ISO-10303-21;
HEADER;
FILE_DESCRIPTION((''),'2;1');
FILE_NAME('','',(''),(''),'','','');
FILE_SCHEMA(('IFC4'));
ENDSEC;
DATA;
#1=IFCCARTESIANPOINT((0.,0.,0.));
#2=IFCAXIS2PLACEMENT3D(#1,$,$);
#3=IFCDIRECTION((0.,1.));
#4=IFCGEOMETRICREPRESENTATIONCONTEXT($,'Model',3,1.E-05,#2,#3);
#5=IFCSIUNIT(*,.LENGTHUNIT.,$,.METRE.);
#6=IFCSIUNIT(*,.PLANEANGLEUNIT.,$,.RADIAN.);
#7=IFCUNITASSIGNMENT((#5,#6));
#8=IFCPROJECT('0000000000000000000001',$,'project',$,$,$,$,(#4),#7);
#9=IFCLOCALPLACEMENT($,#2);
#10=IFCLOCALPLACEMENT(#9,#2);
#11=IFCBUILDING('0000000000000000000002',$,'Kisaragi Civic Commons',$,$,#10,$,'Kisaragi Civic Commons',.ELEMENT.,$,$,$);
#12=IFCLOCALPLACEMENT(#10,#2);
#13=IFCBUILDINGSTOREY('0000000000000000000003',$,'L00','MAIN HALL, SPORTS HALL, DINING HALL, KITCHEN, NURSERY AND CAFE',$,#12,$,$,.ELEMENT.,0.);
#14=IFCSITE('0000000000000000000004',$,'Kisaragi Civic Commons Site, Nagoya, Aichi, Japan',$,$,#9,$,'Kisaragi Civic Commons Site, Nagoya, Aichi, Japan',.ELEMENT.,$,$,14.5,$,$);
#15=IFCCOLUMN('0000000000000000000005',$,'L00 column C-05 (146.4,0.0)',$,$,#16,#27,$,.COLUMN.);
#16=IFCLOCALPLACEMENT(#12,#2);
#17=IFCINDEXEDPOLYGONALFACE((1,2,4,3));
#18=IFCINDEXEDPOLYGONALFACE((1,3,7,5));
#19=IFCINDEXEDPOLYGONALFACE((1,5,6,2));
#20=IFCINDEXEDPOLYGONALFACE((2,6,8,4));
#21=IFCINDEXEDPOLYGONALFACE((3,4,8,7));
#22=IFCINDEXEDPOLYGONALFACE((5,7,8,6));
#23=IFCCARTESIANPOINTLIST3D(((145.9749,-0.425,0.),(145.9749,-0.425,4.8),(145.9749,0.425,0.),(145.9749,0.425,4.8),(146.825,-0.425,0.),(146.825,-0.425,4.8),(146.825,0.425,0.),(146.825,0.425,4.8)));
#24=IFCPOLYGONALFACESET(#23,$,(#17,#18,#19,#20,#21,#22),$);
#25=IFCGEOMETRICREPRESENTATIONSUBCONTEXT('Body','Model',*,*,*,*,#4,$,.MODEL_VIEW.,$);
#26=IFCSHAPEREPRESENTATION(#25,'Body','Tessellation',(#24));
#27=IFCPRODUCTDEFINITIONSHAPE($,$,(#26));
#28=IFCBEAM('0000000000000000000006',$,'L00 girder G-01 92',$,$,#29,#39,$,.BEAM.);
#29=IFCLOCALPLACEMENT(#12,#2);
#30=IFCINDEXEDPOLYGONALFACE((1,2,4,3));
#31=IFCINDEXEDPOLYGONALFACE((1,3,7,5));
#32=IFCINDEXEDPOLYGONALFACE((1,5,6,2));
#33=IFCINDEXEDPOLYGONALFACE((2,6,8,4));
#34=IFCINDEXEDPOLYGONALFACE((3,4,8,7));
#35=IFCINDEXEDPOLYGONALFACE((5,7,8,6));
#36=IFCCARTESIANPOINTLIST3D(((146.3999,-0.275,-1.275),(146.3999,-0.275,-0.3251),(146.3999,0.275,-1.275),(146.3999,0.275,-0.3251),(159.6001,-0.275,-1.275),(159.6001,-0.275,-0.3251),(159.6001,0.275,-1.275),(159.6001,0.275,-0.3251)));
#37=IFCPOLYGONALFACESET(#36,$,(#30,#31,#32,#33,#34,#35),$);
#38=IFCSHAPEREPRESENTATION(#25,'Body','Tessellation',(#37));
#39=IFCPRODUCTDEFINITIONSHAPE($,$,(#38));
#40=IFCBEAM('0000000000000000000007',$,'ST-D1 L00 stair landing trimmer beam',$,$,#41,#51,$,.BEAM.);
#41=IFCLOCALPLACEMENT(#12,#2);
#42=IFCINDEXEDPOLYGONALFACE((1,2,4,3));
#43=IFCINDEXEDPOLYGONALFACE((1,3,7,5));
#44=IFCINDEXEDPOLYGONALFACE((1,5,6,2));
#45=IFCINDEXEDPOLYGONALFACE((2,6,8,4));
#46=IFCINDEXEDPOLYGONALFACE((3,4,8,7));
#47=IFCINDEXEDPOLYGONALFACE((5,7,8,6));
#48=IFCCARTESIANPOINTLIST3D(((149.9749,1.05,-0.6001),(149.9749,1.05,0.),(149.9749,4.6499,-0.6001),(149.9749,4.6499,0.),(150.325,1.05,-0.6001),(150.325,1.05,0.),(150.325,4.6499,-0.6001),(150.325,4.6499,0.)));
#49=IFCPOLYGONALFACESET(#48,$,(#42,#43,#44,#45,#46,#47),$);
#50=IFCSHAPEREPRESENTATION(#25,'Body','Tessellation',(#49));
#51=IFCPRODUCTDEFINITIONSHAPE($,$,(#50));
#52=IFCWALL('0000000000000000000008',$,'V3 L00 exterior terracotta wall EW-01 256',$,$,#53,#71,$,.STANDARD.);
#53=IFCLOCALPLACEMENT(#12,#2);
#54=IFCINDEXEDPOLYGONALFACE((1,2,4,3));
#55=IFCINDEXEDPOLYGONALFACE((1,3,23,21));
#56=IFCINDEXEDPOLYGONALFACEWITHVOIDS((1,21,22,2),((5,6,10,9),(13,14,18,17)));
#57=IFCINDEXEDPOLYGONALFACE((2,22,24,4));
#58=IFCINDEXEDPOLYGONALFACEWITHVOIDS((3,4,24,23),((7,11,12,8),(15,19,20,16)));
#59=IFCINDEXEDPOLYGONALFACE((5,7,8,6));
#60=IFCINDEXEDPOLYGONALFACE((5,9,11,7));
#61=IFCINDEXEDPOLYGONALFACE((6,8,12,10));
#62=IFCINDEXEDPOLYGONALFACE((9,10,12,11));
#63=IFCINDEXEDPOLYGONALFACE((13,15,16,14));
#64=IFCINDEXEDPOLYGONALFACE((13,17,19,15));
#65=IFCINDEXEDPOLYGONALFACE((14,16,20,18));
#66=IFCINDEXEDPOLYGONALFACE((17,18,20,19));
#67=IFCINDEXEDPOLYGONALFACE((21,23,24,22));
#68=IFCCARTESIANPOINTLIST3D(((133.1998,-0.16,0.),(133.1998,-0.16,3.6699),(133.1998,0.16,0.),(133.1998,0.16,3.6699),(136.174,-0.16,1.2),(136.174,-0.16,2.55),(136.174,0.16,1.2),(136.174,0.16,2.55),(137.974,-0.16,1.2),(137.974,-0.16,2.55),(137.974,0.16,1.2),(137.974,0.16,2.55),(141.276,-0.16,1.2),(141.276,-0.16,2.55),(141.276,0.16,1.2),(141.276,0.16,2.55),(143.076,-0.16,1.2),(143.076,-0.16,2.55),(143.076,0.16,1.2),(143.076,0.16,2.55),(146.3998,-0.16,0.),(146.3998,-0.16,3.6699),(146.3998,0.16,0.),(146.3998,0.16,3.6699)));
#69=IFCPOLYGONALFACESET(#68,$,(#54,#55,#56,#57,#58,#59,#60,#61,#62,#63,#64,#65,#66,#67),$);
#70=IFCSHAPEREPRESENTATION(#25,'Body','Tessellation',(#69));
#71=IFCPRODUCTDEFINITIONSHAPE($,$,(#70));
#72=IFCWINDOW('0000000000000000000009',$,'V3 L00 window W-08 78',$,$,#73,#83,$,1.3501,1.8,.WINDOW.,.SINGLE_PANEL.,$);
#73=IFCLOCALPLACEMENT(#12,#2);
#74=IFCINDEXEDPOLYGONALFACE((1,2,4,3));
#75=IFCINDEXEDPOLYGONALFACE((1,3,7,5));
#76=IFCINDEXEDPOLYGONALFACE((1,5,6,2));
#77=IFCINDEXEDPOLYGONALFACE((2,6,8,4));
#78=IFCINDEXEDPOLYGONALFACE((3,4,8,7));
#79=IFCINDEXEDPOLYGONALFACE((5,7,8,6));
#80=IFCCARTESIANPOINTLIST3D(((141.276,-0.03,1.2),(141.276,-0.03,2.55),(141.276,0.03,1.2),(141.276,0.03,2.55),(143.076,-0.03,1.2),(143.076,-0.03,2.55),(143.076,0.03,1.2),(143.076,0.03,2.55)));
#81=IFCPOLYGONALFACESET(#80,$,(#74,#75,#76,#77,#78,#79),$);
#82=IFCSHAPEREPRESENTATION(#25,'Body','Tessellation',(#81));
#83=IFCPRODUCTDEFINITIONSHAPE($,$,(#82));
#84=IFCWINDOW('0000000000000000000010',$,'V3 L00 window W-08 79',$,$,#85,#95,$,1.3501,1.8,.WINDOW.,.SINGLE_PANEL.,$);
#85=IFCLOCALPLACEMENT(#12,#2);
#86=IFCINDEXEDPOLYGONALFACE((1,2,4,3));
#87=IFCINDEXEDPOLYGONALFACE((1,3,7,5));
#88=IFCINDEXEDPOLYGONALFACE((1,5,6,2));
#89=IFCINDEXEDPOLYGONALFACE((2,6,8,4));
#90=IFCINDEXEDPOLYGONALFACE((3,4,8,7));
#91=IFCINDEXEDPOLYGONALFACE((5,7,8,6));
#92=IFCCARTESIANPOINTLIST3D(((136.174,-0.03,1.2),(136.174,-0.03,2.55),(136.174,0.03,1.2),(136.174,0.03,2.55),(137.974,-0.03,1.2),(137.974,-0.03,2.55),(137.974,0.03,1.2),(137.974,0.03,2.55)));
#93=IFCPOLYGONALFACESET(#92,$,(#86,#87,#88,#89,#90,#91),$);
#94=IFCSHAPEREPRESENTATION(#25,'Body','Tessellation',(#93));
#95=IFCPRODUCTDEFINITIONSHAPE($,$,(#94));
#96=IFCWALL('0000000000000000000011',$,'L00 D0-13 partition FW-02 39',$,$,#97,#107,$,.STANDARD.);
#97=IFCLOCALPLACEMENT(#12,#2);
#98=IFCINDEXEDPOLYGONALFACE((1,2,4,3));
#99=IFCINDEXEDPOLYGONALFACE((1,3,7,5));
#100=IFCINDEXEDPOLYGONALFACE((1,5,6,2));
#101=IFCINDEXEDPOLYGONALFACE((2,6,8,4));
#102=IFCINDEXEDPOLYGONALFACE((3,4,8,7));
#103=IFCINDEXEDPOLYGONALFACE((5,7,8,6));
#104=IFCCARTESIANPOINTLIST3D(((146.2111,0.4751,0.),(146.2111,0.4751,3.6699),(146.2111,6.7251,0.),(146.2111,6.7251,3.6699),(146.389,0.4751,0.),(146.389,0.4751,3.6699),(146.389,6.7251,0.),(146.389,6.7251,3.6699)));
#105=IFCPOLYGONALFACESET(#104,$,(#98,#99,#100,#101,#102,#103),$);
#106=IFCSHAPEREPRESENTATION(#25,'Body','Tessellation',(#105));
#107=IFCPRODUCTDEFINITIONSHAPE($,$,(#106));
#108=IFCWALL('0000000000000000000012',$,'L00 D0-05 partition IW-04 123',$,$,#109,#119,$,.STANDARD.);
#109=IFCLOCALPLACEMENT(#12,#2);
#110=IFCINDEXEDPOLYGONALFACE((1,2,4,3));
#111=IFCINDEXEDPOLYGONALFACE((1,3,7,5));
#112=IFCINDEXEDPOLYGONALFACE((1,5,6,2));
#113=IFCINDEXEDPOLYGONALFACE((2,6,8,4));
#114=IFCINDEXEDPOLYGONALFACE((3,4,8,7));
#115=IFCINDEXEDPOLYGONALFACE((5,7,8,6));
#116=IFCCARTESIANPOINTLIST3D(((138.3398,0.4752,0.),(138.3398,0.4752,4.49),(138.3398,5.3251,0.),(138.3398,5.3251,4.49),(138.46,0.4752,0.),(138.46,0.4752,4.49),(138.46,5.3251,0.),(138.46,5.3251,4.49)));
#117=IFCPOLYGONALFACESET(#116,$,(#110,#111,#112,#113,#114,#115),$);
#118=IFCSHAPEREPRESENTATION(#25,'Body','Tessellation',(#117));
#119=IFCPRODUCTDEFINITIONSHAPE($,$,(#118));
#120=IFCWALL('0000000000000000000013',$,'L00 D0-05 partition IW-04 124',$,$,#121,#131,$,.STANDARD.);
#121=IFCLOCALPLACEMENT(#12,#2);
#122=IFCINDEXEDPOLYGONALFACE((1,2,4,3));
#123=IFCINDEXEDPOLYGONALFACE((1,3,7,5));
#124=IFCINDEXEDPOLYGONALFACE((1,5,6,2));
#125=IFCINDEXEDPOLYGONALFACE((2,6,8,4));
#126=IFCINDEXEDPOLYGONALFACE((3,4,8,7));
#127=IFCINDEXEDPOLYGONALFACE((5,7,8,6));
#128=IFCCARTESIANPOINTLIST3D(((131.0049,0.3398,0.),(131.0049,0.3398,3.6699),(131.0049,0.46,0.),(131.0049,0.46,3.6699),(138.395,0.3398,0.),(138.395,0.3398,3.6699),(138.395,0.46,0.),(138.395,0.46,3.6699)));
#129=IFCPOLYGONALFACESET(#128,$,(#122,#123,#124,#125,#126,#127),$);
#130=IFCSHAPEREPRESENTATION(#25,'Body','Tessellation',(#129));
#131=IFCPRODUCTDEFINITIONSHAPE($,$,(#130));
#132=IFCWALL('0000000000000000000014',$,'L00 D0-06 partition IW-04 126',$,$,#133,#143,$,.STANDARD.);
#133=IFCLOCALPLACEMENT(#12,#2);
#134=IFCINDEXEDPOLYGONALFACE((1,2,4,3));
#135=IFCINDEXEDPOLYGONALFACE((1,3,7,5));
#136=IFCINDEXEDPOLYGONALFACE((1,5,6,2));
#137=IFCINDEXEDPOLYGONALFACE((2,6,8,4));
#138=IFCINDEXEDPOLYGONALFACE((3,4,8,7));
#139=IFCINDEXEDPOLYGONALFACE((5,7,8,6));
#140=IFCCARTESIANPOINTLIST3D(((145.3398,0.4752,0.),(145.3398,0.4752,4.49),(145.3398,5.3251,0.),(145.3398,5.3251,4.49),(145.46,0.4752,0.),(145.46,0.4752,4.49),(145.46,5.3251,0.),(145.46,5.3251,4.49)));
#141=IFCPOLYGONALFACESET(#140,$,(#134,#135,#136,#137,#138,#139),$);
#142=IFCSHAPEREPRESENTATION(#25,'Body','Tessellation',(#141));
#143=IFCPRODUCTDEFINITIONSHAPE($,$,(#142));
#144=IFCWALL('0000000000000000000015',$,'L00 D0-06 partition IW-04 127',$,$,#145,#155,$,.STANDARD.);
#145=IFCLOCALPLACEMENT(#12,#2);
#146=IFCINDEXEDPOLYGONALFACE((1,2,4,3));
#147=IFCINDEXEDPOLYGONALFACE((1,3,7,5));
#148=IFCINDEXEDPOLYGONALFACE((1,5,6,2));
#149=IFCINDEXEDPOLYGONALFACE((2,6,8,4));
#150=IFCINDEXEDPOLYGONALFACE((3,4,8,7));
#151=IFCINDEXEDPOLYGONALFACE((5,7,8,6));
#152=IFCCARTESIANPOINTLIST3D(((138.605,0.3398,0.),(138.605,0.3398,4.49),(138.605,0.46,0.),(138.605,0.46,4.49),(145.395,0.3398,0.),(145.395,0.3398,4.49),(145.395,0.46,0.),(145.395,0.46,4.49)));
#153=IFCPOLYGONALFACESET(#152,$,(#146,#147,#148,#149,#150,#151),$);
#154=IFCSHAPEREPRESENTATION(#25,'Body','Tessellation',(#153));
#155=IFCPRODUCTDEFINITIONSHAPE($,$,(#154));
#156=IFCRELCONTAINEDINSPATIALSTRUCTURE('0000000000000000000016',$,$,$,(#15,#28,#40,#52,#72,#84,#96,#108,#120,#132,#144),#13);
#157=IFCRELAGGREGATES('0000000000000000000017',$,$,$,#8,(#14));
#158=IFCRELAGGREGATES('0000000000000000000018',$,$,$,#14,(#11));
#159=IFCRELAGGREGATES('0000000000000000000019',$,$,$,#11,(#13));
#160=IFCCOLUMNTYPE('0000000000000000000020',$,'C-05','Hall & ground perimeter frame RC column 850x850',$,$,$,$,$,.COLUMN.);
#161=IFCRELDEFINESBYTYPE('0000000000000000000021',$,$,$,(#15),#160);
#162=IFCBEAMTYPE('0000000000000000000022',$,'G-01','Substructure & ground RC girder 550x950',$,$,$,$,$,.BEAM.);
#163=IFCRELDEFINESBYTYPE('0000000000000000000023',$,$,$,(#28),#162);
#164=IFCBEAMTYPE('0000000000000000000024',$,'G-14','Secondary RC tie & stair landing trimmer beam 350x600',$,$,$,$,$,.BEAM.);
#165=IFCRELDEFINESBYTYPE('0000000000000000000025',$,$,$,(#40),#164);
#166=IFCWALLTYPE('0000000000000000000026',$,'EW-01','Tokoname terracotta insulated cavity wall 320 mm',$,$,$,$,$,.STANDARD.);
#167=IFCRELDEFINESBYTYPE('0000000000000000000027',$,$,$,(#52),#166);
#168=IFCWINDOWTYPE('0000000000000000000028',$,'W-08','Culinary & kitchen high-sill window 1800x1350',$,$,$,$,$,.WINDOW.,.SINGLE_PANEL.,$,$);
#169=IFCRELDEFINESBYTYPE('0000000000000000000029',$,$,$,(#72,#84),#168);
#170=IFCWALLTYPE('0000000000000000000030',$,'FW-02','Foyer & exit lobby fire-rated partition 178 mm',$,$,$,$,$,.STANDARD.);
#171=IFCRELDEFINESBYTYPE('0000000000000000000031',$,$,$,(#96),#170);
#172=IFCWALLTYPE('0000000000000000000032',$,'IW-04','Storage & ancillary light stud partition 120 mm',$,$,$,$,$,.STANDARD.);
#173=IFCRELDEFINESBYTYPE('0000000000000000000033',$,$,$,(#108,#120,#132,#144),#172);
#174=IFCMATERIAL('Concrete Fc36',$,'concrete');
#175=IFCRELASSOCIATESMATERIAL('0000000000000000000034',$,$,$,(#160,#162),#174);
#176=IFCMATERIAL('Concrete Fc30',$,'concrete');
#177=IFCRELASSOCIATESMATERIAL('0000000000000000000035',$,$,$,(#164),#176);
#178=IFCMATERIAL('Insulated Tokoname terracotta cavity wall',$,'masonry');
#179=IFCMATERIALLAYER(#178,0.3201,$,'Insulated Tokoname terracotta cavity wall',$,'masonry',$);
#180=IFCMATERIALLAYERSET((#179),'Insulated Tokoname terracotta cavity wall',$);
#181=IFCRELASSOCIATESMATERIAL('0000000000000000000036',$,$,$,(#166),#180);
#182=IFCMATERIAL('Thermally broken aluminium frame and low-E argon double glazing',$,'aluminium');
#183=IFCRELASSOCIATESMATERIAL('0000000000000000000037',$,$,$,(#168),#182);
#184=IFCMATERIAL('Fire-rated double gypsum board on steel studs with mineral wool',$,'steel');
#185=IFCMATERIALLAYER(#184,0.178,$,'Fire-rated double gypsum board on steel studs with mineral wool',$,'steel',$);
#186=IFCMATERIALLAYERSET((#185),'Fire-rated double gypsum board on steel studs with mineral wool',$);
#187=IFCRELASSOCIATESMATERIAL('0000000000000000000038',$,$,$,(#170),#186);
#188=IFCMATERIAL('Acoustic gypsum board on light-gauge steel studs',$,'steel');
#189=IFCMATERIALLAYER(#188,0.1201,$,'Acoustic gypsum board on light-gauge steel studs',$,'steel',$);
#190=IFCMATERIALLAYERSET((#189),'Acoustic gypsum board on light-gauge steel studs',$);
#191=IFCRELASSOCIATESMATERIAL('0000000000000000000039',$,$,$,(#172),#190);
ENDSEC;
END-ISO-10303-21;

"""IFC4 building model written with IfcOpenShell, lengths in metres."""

from ifc_helpers import new_model, si_unit, direction, frame, frame_2d, origin, origin_2d, place, context, subcontext, project, spatial, rectangle, extrude, material, layer, layer_set, material_profile, profile_set, type_object, element, fill, save


model = new_model("IFC4")

# Units and contexts
model_context = context("Model", 3, precision=1e-05, world=origin(), true_north=direction((0.0, 1.0)))
body_context = subcontext(model_context, "Body", "Model", "MODEL_VIEW")
ifc_project = project(units=[si_unit("LENGTHUNIT", "METRE"), si_unit("PLANEANGLEUNIT", "RADIAN")], contexts=[model_context])

# Site, building, storey
site_placement = place(None, origin())
site = spatial("IfcSite", under=ifc_project, at=site_placement, Name="Kisaragi Civic Commons Site, Nagoya, Aichi, Japan", LongName="Kisaragi Civic Commons Site, Nagoya, Aichi, Japan", CompositionType="ELEMENT", RefElevation=14.5)
building_placement = place(site_placement, origin())
building = spatial("IfcBuilding", under=site, at=building_placement, Name="Kisaragi Civic Commons", LongName="Kisaragi Civic Commons", CompositionType="ELEMENT")
storey_placement = place(building_placement, origin())
storey = spatial("IfcBuildingStorey", under=building, at=storey_placement, Name="L00", Description="MAIN HALL, SPORTS HALL, DINING HALL, KITCHEN, NURSERY AND CAFE", CompositionType="ELEMENT", Elevation=0.0)

# Column
ifc_material_1 = material(Name="Concrete Fc36", Category="concrete")
ifc_material_profile_1 = material_profile(ifc_material_1, rectangle(XDim=0.8501, YDim=0.8501, at=origin_2d()), Name="RC-850x850", Category="concrete")
ifc_profile_set_1 = profile_set([ifc_material_profile_1], Name="Concrete Fc36")
column_type = type_object("IfcColumnType", Name="C-05", Description="Hall & ground perimeter frame RC column 850x850", PredefinedType="COLUMN", material=ifc_profile_set_1)
column_placement = place(storey_placement, frame((146.3999, 0.0, 0.0), z_axis=(0.0, 0.0, 1.0), x_axis=(1.0, 0.0, 0.0)))
element("IfcColumn", 1, at=column_placement, inside=storey, type_object=column_type, Name="L00 column C-05 (146.4,0.0)", PredefinedType="COLUMN", context=body_context, shape_type="SweptSolid", body=[
    extrude(rectangle(XDim=0.8501, YDim=0.8501, at=origin_2d()), origin(), (0.0, 0.0, 1.0), 4.8),
])

# Beams
ifc_material_profile_2 = material_profile(ifc_material_1, rectangle(XDim=0.55, YDim=0.95, at=origin_2d()), Name="RC-550x950", Category="concrete")
ifc_profile_set_2 = profile_set([ifc_material_profile_2], Name="Concrete Fc36")
beam_type_1 = type_object("IfcBeamType", Name="G-01", Description="Substructure & ground RC girder 550x950", PredefinedType="BEAM", material=ifc_profile_set_2)
beam_1_placement = place(storey_placement, frame((146.3999, 0.0, -0.8), z_axis=(1.0, 0.0, 0.0), x_axis=(0.0, 1.0, 0.0)))
element("IfcBeam", 2, at=beam_1_placement, inside=storey, type_object=beam_type_1, Name="L00 girder G-01 92", PredefinedType="BEAM", context=body_context, shape_type="SweptSolid", body=[
    extrude(rectangle(XDim=0.55, YDim=0.95, at=origin_2d()), origin(), (0.0, 0.0, 1.0), 13.2002),
])
ifc_material_2 = material(Name="Concrete Fc30", Category="concrete")
ifc_material_profile_3 = material_profile(ifc_material_2, rectangle(XDim=0.3501, YDim=0.6001, at=origin_2d()), Name="RC-350x600", Category="concrete")
ifc_profile_set_3 = profile_set([ifc_material_profile_3], Name="Concrete Fc30")
beam_type_2 = type_object("IfcBeamType", Name="G-14", Description="Secondary RC tie & stair landing trimmer beam 350x600", PredefinedType="BEAM", material=ifc_profile_set_3)
beam_2_placement = place(storey_placement, frame((150.1499, 1.05, -0.3), z_axis=(0.0, 1.0, 0.0), x_axis=(-1.0, 0.0, 0.0)))
element("IfcBeam", 3, at=beam_2_placement, inside=storey, type_object=beam_type_2, Name="ST-D1 L00 stair landing trimmer beam", PredefinedType="BEAM", context=body_context, shape_type="SweptSolid", body=[
    extrude(rectangle(XDim=0.3501, YDim=0.6001, at=origin_2d()), origin(), (0.0, 0.0, 1.0), 3.5999),
])

# Wall, openings, windows
ifc_material_3 = material(Name="Insulated Tokoname terracotta cavity wall", Category="masonry")
ifc_layer_1 = layer(ifc_material_3, 0.3201, Name="Insulated Tokoname terracotta cavity wall", Category="masonry")
ifc_layer_set_1 = layer_set([ifc_layer_1], Name="Insulated Tokoname terracotta cavity wall")
wall_type_1 = type_object("IfcWallType", Name="EW-01", Description="Tokoname terracotta insulated cavity wall 320 mm", PredefinedType="STANDARD", material=ifc_layer_set_1)
wall_1_placement = place(storey_placement, frame((146.3999, 0.0, 0.0), z_axis=(0.0, 0.0, 1.0), x_axis=(-1.0, 0.0, 0.0)))
wall_1 = element("IfcWall", 4, at=wall_1_placement, inside=storey, type_object=wall_type_1, Name="V3 L00 exterior terracotta wall EW-01 256", PredefinedType="STANDARD", context=body_context, shape_type="SweptSolid", body=[
    extrude(rectangle(XDim=13.2, YDim=0.3201, at=frame_2d((6.6001, 0.0))), origin(), (0.0, 0.0, 1.0), 3.6699),
])
opening_1_placement = place(wall_1_placement, frame((3.324, 0.0, 1.2)))
opening_1 = element("IfcOpeningElement", 5, at=opening_1_placement, cuts=wall_1, PredefinedType="OPENING", context=body_context, shape_type="SweptSolid", body=[
    extrude(rectangle(XDim=1.8, YDim=1.3501, at=frame_2d((0.8999, 0.675))), frame((0.0, 0.1699, 0.0), z_axis=(0.0, -1.0, 0.0), x_axis=(1.0, 0.0, 0.0)), (0.0, 0.0, 1.0), 0.3401),
])
opening_2_placement = place(wall_1_placement, frame((8.426, 0.0, 1.2)))
opening_2 = element("IfcOpeningElement", 6, at=opening_2_placement, cuts=wall_1, PredefinedType="OPENING", context=body_context, shape_type="SweptSolid", body=[
    extrude(rectangle(XDim=1.8, YDim=1.3501, at=frame_2d((0.8999, 0.675))), frame((0.0, 0.1699, 0.0), z_axis=(0.0, -1.0, 0.0), x_axis=(1.0, 0.0, 0.0)), (0.0, 0.0, 1.0), 0.3401),
])
ifc_material_4 = material(Name="Thermally broken aluminium frame and low-E argon double glazing", Category="aluminium")
window_type = type_object("IfcWindowType", Name="W-08", Description="Culinary & kitchen high-sill window 1800x1350", PartitioningType="SINGLE_PANEL", PredefinedType="WINDOW", material=ifc_material_4)
window_1_placement = place(opening_1_placement, origin())
window_1 = element("IfcWindow", 7, at=window_1_placement, inside=storey, type_object=window_type, Name="V3 L00 window W-08 78", OverallHeight=1.3501, OverallWidth=1.8, PartitioningType="SINGLE_PANEL", PredefinedType="WINDOW", context=body_context, shape_type="SweptSolid", body=[
    extrude(rectangle(XDim=1.8, YDim=1.3501, at=frame_2d((0.8999, 0.675))), frame((0.0, 0.03, 0.0), z_axis=(0.0, -1.0, 0.0), x_axis=(1.0, 0.0, 0.0)), (0.0, 0.0, 1.0), 0.0601),
])
fill(opening_1, window_1)
window_2_placement = place(opening_2_placement, origin())
window_2 = element("IfcWindow", 8, at=window_2_placement, inside=storey, type_object=window_type, Name="V3 L00 window W-08 79", OverallHeight=1.3501, OverallWidth=1.8, PartitioningType="SINGLE_PANEL", PredefinedType="WINDOW", context=body_context, shape_type="SweptSolid", body=[
    extrude(rectangle(XDim=1.8, YDim=1.3501, at=frame_2d((0.8999, 0.675))), frame((0.0, 0.03, 0.0), z_axis=(0.0, -1.0, 0.0), x_axis=(1.0, 0.0, 0.0)), (0.0, 0.0, 1.0), 0.0601),
])
fill(opening_2, window_2)

# Walls
ifc_material_5 = material(Name="Fire-rated double gypsum board on steel studs with mineral wool", Category="steel")
ifc_layer_2 = layer(ifc_material_5, 0.178, Name="Fire-rated double gypsum board on steel studs with mineral wool", Category="steel")
ifc_layer_set_2 = layer_set([ifc_layer_2], Name="Fire-rated double gypsum board on steel studs with mineral wool")
wall_type_2 = type_object("IfcWallType", Name="FW-02", Description="Foyer & exit lobby fire-rated partition 178 mm", PredefinedType="STANDARD", material=ifc_layer_set_2)
wall_2_placement = place(storey_placement, frame((146.3, 0.4751, 0.0), z_axis=(0.0, 0.0, 1.0), x_axis=(0.0, 1.0, 0.0)))
element("IfcWall", 9, at=wall_2_placement, inside=storey, type_object=wall_type_2, Name="L00 D0-13 partition FW-02 39", PredefinedType="STANDARD", context=body_context, shape_type="SweptSolid", body=[
    extrude(rectangle(XDim=6.25, YDim=0.178, at=frame_2d((3.125, 0.0))), origin(), (0.0, 0.0, 1.0), 3.6699),
])
ifc_material_6 = material(Name="Acoustic gypsum board on light-gauge steel studs", Category="steel")
ifc_layer_3 = layer(ifc_material_6, 0.1201, Name="Acoustic gypsum board on light-gauge steel studs", Category="steel")
ifc_layer_set_3 = layer_set([ifc_layer_3], Name="Acoustic gypsum board on light-gauge steel studs")
wall_type_3 = type_object("IfcWallType", Name="IW-04", Description="Storage & ancillary light stud partition 120 mm", PredefinedType="STANDARD", material=ifc_layer_set_3)
wall_3_placement = place(storey_placement, frame((138.3999, 5.325, 0.0), z_axis=(0.0, 0.0, 1.0), x_axis=(0.0, -1.0, 0.0)))
element("IfcWall", 10, at=wall_3_placement, inside=storey, type_object=wall_type_3, Name="L00 D0-05 partition IW-04 123", PredefinedType="STANDARD", context=body_context, shape_type="SweptSolid", body=[
    extrude(rectangle(XDim=4.8499, YDim=0.1201, at=frame_2d((2.4248, 0.0))), origin(), (0.0, 0.0, 1.0), 4.49),
])
wall_4_placement = place(storey_placement, frame((138.395, 0.3999, 0.0), z_axis=(0.0, 0.0, 1.0), x_axis=(-1.0, 0.0, 0.0)))
element("IfcWall", 11, at=wall_4_placement, inside=storey, type_object=wall_type_3, Name="L00 D0-05 partition IW-04 124", PredefinedType="STANDARD", context=body_context, shape_type="SweptSolid", body=[
    extrude(rectangle(XDim=7.3901, YDim=0.1201, at=frame_2d((3.6951, 0.0))), origin(), (0.0, 0.0, 1.0), 3.6699),
])
wall_5_placement = place(storey_placement, frame((145.3999, 5.325, 0.0), z_axis=(0.0, 0.0, 1.0), x_axis=(0.0, -1.0, 0.0)))
element("IfcWall", 12, at=wall_5_placement, inside=storey, type_object=wall_type_3, Name="L00 D0-06 partition IW-04 126", PredefinedType="STANDARD", context=body_context, shape_type="SweptSolid", body=[
    extrude(rectangle(XDim=4.8499, YDim=0.1201, at=frame_2d((2.4248, 0.0))), origin(), (0.0, 0.0, 1.0), 4.49),
])
wall_6_placement = place(storey_placement, frame((145.395, 0.3999, 0.0), z_axis=(0.0, 0.0, 1.0), x_axis=(-1.0, 0.0, 0.0)))
element("IfcWall", 13, at=wall_6_placement, inside=storey, type_object=wall_type_3, Name="L00 D0-06 partition IW-04 127", PredefinedType="STANDARD", context=body_context, shape_type="SweptSolid", body=[
    extrude(rectangle(XDim=6.79, YDim=0.1201, at=frame_2d((3.395, 0.0))), origin(), (0.0, 0.0, 1.0), 4.49),
])

save(model, "model.ifc")
